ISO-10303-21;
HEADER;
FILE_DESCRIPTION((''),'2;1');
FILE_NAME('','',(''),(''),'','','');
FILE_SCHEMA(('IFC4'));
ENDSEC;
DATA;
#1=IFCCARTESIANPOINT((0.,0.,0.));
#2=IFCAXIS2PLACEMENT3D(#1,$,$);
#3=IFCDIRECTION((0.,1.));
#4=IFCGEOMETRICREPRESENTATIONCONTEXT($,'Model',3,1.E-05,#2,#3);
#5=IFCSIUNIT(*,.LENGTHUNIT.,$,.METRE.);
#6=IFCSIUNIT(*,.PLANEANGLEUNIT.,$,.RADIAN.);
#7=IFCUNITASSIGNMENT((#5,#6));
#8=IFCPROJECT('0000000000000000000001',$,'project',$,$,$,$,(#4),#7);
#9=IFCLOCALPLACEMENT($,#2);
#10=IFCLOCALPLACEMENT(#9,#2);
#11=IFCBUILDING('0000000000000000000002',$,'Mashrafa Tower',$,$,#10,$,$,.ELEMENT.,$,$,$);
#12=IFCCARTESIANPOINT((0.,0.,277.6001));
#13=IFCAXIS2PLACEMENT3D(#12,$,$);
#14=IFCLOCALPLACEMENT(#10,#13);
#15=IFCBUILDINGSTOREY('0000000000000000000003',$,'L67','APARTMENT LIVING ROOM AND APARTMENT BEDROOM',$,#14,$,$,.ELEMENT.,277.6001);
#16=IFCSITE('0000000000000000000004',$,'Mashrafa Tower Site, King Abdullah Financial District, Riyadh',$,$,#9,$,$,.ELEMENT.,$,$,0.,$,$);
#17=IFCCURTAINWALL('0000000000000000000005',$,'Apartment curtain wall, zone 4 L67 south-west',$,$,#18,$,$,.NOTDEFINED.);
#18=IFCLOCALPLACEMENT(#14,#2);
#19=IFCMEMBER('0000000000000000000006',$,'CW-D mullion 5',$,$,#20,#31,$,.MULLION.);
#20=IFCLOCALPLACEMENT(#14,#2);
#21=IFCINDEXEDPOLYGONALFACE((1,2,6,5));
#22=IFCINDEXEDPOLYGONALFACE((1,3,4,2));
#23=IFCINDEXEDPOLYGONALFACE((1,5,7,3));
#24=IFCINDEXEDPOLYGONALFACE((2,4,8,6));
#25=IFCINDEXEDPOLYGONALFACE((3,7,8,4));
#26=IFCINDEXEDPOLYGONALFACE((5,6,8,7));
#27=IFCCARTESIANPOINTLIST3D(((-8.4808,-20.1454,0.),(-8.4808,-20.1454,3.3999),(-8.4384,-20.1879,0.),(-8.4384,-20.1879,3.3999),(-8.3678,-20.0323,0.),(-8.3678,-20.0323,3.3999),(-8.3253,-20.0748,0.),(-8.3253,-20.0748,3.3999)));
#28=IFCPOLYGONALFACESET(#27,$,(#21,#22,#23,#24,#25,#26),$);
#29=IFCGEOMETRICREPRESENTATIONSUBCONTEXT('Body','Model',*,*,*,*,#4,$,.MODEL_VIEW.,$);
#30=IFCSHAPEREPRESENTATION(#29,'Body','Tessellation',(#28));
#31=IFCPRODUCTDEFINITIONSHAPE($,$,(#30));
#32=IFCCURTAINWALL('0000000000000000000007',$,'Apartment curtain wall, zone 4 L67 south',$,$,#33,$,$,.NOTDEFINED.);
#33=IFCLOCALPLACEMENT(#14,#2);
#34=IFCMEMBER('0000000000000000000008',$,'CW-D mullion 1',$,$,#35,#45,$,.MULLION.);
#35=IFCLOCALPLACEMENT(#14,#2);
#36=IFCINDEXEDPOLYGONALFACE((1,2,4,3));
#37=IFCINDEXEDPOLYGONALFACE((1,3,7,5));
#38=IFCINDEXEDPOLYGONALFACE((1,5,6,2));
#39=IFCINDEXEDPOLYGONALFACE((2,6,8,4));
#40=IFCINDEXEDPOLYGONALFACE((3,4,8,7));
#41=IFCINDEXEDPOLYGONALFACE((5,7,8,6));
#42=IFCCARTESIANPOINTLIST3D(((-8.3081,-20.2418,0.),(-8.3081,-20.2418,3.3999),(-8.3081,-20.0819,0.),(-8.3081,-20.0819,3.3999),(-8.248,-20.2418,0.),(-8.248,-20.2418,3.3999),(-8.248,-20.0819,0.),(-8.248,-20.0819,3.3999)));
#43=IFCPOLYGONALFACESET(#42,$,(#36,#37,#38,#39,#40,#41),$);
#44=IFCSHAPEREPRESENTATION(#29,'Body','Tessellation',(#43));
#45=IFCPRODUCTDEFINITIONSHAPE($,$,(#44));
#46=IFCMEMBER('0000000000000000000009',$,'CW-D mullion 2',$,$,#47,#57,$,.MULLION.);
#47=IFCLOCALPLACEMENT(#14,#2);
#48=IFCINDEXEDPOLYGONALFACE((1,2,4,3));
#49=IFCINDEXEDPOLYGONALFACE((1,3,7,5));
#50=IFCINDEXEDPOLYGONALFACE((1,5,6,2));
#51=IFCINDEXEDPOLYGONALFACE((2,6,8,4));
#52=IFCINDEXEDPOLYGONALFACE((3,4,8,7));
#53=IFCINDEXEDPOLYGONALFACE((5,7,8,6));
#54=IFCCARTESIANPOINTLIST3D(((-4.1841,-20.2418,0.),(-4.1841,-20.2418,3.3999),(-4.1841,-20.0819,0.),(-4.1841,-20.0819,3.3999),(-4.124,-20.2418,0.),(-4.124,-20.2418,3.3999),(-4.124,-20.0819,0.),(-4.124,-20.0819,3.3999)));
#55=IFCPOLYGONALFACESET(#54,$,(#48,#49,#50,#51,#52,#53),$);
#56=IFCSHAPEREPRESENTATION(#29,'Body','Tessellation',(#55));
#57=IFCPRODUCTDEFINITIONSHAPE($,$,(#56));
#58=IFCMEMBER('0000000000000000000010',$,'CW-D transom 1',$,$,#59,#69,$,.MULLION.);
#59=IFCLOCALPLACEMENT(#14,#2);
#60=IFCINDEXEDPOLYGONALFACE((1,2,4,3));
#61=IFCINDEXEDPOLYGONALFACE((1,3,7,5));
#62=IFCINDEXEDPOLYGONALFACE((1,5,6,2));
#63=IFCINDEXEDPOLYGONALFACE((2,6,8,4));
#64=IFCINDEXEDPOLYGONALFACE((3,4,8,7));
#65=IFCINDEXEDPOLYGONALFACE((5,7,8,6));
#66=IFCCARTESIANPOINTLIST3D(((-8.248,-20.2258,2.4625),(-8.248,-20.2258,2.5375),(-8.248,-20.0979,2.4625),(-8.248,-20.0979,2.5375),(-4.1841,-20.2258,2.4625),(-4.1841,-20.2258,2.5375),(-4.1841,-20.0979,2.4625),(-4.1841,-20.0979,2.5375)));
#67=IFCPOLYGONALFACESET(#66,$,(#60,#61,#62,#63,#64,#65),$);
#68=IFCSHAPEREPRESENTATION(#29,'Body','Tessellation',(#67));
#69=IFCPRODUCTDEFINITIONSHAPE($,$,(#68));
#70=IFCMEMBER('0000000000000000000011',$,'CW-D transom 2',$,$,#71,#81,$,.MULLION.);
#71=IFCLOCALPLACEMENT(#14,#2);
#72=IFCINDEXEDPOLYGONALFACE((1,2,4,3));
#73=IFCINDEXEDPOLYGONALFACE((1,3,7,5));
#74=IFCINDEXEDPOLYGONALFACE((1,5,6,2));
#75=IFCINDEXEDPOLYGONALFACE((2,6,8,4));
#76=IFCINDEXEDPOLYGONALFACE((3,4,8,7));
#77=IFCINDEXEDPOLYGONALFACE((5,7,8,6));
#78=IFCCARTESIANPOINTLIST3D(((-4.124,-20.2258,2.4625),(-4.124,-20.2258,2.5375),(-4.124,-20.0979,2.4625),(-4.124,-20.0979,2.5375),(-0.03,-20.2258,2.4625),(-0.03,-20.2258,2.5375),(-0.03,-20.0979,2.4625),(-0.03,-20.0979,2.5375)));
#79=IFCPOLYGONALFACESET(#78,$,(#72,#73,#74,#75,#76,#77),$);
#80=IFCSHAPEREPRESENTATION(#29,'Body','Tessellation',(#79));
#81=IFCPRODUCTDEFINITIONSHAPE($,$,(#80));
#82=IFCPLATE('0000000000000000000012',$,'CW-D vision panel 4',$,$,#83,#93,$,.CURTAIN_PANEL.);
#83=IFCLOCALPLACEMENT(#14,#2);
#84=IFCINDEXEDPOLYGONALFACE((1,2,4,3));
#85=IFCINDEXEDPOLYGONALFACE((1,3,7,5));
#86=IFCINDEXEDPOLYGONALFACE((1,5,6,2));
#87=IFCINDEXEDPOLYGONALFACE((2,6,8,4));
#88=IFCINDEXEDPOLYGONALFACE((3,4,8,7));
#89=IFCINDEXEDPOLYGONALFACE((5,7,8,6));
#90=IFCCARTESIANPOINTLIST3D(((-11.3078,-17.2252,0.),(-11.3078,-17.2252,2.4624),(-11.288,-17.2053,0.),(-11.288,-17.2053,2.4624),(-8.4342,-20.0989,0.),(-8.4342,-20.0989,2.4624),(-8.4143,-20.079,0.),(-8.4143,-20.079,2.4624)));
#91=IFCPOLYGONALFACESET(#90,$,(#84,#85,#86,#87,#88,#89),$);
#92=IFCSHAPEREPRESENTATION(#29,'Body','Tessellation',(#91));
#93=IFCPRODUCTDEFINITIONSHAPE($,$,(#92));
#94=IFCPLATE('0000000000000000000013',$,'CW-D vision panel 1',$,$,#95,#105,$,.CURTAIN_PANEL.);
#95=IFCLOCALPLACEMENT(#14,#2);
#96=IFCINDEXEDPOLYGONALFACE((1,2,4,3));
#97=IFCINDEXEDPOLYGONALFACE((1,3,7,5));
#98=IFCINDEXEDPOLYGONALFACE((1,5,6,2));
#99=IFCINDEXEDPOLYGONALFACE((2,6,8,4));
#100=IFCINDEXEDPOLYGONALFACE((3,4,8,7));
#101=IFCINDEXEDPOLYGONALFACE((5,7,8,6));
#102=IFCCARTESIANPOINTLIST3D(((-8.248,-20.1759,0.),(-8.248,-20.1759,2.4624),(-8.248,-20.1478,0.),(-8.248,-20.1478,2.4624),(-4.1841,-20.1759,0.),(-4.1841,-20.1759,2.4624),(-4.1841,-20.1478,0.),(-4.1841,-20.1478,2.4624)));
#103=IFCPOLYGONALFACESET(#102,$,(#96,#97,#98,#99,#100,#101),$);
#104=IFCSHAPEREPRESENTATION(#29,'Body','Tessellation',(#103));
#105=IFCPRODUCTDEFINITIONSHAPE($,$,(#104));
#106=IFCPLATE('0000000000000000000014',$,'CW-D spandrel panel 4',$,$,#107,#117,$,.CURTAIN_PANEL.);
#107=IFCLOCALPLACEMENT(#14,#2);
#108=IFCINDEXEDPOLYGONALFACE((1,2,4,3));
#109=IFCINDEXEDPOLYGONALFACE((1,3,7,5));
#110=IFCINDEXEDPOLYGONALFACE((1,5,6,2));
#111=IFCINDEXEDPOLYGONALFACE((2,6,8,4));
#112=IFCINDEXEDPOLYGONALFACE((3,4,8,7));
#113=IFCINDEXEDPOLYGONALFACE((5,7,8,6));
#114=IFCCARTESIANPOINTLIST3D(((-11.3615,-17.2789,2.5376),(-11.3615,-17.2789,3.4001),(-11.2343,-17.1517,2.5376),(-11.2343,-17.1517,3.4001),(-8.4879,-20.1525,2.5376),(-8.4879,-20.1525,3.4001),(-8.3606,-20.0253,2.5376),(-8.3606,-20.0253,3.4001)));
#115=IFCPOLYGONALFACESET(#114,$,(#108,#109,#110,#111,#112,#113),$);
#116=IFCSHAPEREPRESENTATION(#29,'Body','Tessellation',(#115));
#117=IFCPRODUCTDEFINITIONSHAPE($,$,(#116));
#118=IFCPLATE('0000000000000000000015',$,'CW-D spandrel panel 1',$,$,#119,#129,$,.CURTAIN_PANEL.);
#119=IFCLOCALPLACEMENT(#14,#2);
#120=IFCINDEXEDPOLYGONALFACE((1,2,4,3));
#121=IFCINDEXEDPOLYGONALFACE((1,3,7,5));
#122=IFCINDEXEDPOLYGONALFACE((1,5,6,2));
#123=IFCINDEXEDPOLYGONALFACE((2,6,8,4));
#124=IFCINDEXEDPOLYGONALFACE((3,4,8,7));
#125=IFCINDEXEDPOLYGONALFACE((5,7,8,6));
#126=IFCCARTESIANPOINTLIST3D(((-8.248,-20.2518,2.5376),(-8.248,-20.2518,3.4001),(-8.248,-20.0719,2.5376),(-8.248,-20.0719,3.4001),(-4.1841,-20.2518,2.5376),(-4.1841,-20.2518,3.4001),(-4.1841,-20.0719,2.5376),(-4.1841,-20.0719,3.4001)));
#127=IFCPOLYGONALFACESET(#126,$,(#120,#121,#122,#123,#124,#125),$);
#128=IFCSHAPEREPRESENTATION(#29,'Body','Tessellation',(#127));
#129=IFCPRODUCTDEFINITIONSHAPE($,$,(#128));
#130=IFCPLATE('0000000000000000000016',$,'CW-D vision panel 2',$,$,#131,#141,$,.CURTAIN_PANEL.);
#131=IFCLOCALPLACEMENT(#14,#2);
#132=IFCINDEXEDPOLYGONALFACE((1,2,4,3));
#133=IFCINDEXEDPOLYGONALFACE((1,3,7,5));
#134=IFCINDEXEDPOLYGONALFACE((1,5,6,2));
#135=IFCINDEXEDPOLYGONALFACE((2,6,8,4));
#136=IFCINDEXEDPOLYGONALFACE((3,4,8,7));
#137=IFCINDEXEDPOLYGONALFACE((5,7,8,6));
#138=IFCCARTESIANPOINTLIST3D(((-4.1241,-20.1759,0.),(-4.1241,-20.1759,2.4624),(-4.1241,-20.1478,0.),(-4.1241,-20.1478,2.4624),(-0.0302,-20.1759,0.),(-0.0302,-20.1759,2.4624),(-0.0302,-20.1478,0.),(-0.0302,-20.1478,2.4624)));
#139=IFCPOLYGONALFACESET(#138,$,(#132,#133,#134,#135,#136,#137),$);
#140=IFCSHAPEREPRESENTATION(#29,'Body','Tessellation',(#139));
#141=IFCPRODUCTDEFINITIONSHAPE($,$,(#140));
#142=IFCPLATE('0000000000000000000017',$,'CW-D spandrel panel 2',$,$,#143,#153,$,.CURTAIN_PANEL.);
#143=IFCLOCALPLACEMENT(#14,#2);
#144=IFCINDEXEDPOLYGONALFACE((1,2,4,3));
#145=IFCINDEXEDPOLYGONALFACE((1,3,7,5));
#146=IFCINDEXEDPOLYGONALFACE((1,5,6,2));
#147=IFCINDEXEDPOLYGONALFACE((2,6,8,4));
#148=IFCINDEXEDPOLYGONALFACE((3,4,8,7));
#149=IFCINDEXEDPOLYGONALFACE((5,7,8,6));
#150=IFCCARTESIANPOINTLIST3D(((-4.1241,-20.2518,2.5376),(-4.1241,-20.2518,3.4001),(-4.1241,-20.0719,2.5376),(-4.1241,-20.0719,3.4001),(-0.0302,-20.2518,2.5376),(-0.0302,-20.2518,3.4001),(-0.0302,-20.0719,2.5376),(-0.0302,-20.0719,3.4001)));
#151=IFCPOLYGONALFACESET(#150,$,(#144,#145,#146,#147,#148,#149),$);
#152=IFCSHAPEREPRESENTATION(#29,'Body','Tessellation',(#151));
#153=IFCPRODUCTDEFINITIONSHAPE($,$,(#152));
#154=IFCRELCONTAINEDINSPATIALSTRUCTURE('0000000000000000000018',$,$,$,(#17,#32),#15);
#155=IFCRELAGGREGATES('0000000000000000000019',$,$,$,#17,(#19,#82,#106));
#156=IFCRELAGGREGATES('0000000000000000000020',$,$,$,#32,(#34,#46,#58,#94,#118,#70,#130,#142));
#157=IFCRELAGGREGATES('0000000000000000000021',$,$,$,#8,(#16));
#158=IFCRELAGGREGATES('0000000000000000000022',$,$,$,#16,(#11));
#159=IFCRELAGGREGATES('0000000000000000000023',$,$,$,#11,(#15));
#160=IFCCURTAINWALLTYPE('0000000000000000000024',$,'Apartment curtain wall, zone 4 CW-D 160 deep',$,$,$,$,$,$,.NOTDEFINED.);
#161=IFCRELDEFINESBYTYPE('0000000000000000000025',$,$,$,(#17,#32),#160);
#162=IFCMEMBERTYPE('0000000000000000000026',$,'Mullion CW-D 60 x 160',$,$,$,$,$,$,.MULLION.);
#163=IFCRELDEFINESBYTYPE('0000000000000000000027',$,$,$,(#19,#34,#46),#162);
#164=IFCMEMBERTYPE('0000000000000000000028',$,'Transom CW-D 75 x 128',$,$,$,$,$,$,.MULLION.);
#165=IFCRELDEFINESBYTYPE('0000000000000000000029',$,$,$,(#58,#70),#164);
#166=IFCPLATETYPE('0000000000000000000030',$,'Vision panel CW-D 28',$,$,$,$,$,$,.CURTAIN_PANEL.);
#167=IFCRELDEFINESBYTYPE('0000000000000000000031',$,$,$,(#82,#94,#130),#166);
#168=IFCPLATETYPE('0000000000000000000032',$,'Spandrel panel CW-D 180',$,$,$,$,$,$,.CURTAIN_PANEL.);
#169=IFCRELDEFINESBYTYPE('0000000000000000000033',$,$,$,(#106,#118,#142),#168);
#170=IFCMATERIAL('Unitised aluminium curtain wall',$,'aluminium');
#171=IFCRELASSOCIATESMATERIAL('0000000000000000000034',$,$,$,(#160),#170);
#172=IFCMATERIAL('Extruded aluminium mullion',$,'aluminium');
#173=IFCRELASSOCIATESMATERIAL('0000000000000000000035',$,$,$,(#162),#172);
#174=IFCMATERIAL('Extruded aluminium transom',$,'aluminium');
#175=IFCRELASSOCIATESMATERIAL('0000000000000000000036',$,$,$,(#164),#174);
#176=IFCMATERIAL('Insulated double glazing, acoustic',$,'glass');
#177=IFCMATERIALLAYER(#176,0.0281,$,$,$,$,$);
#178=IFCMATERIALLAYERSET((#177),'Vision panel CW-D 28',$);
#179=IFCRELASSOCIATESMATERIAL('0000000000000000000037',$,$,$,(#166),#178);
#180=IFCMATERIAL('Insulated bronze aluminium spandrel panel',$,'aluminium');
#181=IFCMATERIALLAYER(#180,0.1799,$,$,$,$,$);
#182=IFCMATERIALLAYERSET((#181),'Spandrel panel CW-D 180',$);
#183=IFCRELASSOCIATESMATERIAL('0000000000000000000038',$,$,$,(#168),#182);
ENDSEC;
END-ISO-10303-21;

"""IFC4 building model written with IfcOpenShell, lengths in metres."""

from ifc_helpers import new_model, si_unit, direction, frame, origin, origin_2d, place, context, subcontext, project, spatial, rectangle, extrude, source, transform, mapped, material, layer, layer_set, material_profile, profile_set, type_object, type_shapes, element, aggregate, save


model = new_model("IFC4")

# Units and contexts
model_context = context("Model", 3, precision=1e-05, world=origin(), true_north=direction((0.0, 1.0)))
body_context = subcontext(model_context, "Body", "Model", "MODEL_VIEW")
ifc_project = project(units=[si_unit("LENGTHUNIT", "METRE"), si_unit("PLANEANGLEUNIT", "RADIAN")], contexts=[model_context])

# Site, building, storey
site_placement = place(None, origin())
site = spatial("IfcSite", under=ifc_project, at=site_placement, Name="Mashrafa Tower Site, King Abdullah Financial District, Riyadh", CompositionType="ELEMENT", RefElevation=0.0)
building_placement = place(site_placement, origin())
building = spatial("IfcBuilding", under=site, at=building_placement, Name="Mashrafa Tower", CompositionType="ELEMENT")
storey_placement = place(building_placement, frame((0.0, 0.0, 277.6001)))
storey = spatial("IfcBuildingStorey", under=building, at=storey_placement, Name="L67", Description="APARTMENT LIVING ROOM AND APARTMENT BEDROOM", CompositionType="ELEMENT", Elevation=277.6001)

# Curtain wall, member
ifc_material_1 = material(Name="Unitised aluminium curtain wall", Category="aluminium")
curtain_wall_type = type_object("IfcCurtainWallType", Name="Apartment curtain wall, zone 4 CW-D 160 deep", PredefinedType="NOTDEFINED", material=ifc_material_1)
curtain_wall_1_placement = place(storey_placement, origin())
curtain_wall_1 = element("IfcCurtainWall", 1, at=curtain_wall_1_placement, inside=storey, type_object=curtain_wall_type, Name="Apartment curtain wall, zone 4 L67 south-west", PredefinedType="NOTDEFINED")
ifc_material_2 = material(Name="Extruded aluminium mullion", Category="aluminium")
ifc_material_profile_1 = material_profile(ifc_material_2, rectangle(XDim=0.1599, YDim=0.0601, at=origin_2d()), Name="Mullion 60x160")
ifc_profile_set_1 = profile_set([ifc_material_profile_1], Name="Extruded aluminium mullion")
member_type_1 = type_object("IfcMemberType", Name="Mullion CW-D 60 x 160", PredefinedType="MULLION", material=ifc_profile_set_1)
shared_shape_1 = source(origin(), body_context, "Body", "SweptSolid", [
    extrude(rectangle(XDim=0.1599, YDim=0.0601, at=origin_2d()), origin(), (0.0, 0.0, 1.0), 3.3999),
])
type_shapes(member_type_1, [shared_shape_1])
member_1_placement = place(storey_placement, frame((-8.4031, -20.1101, 0.0), z_axis=(0.0, 0.0, 1.0), x_axis=(0.707107, 0.707107, 0.0)))
member_1 = element("IfcMember", 2, at=member_1_placement, type_object=member_type_1, Name="CW-D mullion 5", PredefinedType="MULLION", context=body_context, shape_type="MappedRepresentation", body=[
    mapped(shared_shape_1, transform((0.0, 0.0, 0.0))),
])

# Curtain wall, members
curtain_wall_2_placement = place(storey_placement, origin())
curtain_wall_2 = element("IfcCurtainWall", 3, at=curtain_wall_2_placement, inside=storey, type_object=curtain_wall_type, Name="Apartment curtain wall, zone 4 L67 south", PredefinedType="NOTDEFINED")
member_2_placement = place(storey_placement, frame((-8.2781, -20.1619, 0.0), z_axis=(0.0, 0.0, 1.0), x_axis=(0.0, 1.0, 0.0)))
member_2 = element("IfcMember", 4, at=member_2_placement, type_object=member_type_1, Name="CW-D mullion 1", PredefinedType="MULLION", context=body_context, shape_type="MappedRepresentation", body=[
    mapped(shared_shape_1, transform((0.0, 0.0, 0.0))),
])
member_3_placement = place(storey_placement, frame((-4.1541, -20.1619, 0.0), z_axis=(0.0, 0.0, 1.0), x_axis=(0.0, 1.0, 0.0)))
member_3 = element("IfcMember", 5, at=member_3_placement, type_object=member_type_1, Name="CW-D mullion 2", PredefinedType="MULLION", context=body_context, shape_type="MappedRepresentation", body=[
    mapped(shared_shape_1, transform((0.0, 0.0, 0.0))),
])
ifc_material_3 = material(Name="Extruded aluminium transom", Category="aluminium")
ifc_material_profile_2 = material_profile(ifc_material_3, rectangle(XDim=0.1279, YDim=0.075, at=origin_2d()), Name="Transom 75x128")
ifc_profile_set_2 = profile_set([ifc_material_profile_2], Name="Extruded aluminium transom")
member_type_2 = type_object("IfcMemberType", Name="Transom CW-D 75 x 128", PredefinedType="MULLION", material=ifc_profile_set_2)
shared_shape_2 = source(origin(), body_context, "Body", "SweptSolid", [
    extrude(rectangle(XDim=0.1279, YDim=0.075, at=origin_2d()), origin(), (0.0, 0.0, 1.0), 4.064),
])
member_4_placement = place(storey_placement, frame((-8.248, -20.1619, 2.5), z_axis=(1.0, 0.0, 0.0), x_axis=(0.0, 1.0, 0.0)))
member_4 = element("IfcMember", 6, at=member_4_placement, type_object=member_type_2, Name="CW-D transom 1", PredefinedType="MULLION", context=body_context, shape_type="MappedRepresentation", body=[
    mapped(shared_shape_2, transform((0.0, 0.0, 0.0))),
])
shared_shape_3 = source(origin(), body_context, "Body", "SweptSolid", [
    extrude(rectangle(XDim=0.1279, YDim=0.075, at=origin_2d()), origin(), (0.0, 0.0, 1.0), 4.094),
])
type_shapes(member_type_2, [shared_shape_2, shared_shape_3])
member_5_placement = place(storey_placement, frame((-4.124, -20.1619, 2.5), z_axis=(1.0, 0.0, 0.0), x_axis=(0.0, 1.0, 0.0)))
member_5 = element("IfcMember", 7, at=member_5_placement, type_object=member_type_2, Name="CW-D transom 2", PredefinedType="MULLION", context=body_context, shape_type="MappedRepresentation", body=[
    mapped(shared_shape_3, transform((0.0, 0.0, 0.0))),
])

# Plates
ifc_material_4 = material(Name="Insulated double glazing, acoustic", Category="glass")
ifc_layer_1 = layer(ifc_material_4, 0.0281)
ifc_layer_set_1 = layer_set([ifc_layer_1], Name="Vision panel CW-D 28")
plate_type_1 = type_object("IfcPlateType", Name="Vision panel CW-D 28", PredefinedType="CURTAIN_PANEL", material=ifc_layer_set_1)
shared_shape_4 = source(origin(), body_context, "Body", "SweptSolid", [
    extrude(rectangle(XDim=4.064, YDim=0.0281, at=origin_2d()), origin(), (0.0, 0.0, 1.0), 2.4624),
])
plate_1_placement = place(storey_placement, frame((-9.8611, -18.6521, 0.0), z_axis=(0.0, 0.0, 1.0), x_axis=(0.707107, -0.707107, 0.0)))
plate_1 = element("IfcPlate", 8, at=plate_1_placement, type_object=plate_type_1, Name="CW-D vision panel 4", PredefinedType="CURTAIN_PANEL", context=body_context, shape_type="MappedRepresentation", body=[
    mapped(shared_shape_4, transform((0.0, 0.0, 0.0))),
])
plate_2_placement = place(storey_placement, frame((-6.2161, -20.1619, 0.0), z_axis=(0.0, 0.0, 1.0), x_axis=(1.0, 0.0, 0.0)))
plate_2 = element("IfcPlate", 9, at=plate_2_placement, type_object=plate_type_1, Name="CW-D vision panel 1", PredefinedType="CURTAIN_PANEL", context=body_context, shape_type="MappedRepresentation", body=[
    mapped(shared_shape_4, transform((0.0, 0.0, 0.0))),
])
ifc_material_5 = material(Name="Insulated bronze aluminium spandrel panel", Category="aluminium")
ifc_layer_2 = layer(ifc_material_5, 0.1799)
ifc_layer_set_2 = layer_set([ifc_layer_2], Name="Spandrel panel CW-D 180")
plate_type_2 = type_object("IfcPlateType", Name="Spandrel panel CW-D 180", PredefinedType="CURTAIN_PANEL", material=ifc_layer_set_2)
shared_shape_5 = source(origin(), body_context, "Body", "SweptSolid", [
    extrude(rectangle(XDim=4.064, YDim=0.1799, at=origin_2d()), origin(), (0.0, 0.0, 1.0), 0.8625),
])
plate_3_placement = place(storey_placement, frame((-9.8611, -18.6521, 2.5376), z_axis=(0.0, 0.0, 1.0), x_axis=(0.707107, -0.707107, 0.0)))
plate_3 = element("IfcPlate", 10, at=plate_3_placement, type_object=plate_type_2, Name="CW-D spandrel panel 4", PredefinedType="CURTAIN_PANEL", context=body_context, shape_type="MappedRepresentation", body=[
    mapped(shared_shape_5, transform((0.0, 0.0, 0.0))),
])
aggregate(curtain_wall_1, [member_1, plate_1, plate_3])
plate_4_placement = place(storey_placement, frame((-6.2161, -20.1619, 2.5376), z_axis=(0.0, 0.0, 1.0), x_axis=(1.0, 0.0, 0.0)))
plate_4 = element("IfcPlate", 11, at=plate_4_placement, type_object=plate_type_2, Name="CW-D spandrel panel 1", PredefinedType="CURTAIN_PANEL", context=body_context, shape_type="MappedRepresentation", body=[
    mapped(shared_shape_5, transform((0.0, 0.0, 0.0))),
])
shared_shape_6 = source(origin(), body_context, "Body", "SweptSolid", [
    extrude(rectangle(XDim=4.094, YDim=0.0281, at=origin_2d()), origin(), (0.0, 0.0, 1.0), 2.4624),
])
type_shapes(plate_type_1, [shared_shape_4, shared_shape_6])
plate_5_placement = place(storey_placement, frame((-2.0771, -20.1619, 0.0), z_axis=(0.0, 0.0, 1.0), x_axis=(1.0, 0.0, 0.0)))
plate_5 = element("IfcPlate", 12, at=plate_5_placement, type_object=plate_type_1, Name="CW-D vision panel 2", PredefinedType="CURTAIN_PANEL", context=body_context, shape_type="MappedRepresentation", body=[
    mapped(shared_shape_6, transform((0.0, 0.0, 0.0))),
])
shared_shape_7 = source(origin(), body_context, "Body", "SweptSolid", [
    extrude(rectangle(XDim=4.094, YDim=0.1799, at=origin_2d()), origin(), (0.0, 0.0, 1.0), 0.8625),
])
type_shapes(plate_type_2, [shared_shape_5, shared_shape_7])
plate_6_placement = place(storey_placement, frame((-2.0771, -20.1619, 2.5376), z_axis=(0.0, 0.0, 1.0), x_axis=(1.0, 0.0, 0.0)))
plate_6 = element("IfcPlate", 13, at=plate_6_placement, type_object=plate_type_2, Name="CW-D spandrel panel 2", PredefinedType="CURTAIN_PANEL", context=body_context, shape_type="MappedRepresentation", body=[
    mapped(shared_shape_7, transform((0.0, 0.0, 0.0))),
])
aggregate(curtain_wall_2, [member_2, member_3, member_4, plate_2, plate_4, member_5, plate_5, plate_6])

save(model, "model.ifc")
